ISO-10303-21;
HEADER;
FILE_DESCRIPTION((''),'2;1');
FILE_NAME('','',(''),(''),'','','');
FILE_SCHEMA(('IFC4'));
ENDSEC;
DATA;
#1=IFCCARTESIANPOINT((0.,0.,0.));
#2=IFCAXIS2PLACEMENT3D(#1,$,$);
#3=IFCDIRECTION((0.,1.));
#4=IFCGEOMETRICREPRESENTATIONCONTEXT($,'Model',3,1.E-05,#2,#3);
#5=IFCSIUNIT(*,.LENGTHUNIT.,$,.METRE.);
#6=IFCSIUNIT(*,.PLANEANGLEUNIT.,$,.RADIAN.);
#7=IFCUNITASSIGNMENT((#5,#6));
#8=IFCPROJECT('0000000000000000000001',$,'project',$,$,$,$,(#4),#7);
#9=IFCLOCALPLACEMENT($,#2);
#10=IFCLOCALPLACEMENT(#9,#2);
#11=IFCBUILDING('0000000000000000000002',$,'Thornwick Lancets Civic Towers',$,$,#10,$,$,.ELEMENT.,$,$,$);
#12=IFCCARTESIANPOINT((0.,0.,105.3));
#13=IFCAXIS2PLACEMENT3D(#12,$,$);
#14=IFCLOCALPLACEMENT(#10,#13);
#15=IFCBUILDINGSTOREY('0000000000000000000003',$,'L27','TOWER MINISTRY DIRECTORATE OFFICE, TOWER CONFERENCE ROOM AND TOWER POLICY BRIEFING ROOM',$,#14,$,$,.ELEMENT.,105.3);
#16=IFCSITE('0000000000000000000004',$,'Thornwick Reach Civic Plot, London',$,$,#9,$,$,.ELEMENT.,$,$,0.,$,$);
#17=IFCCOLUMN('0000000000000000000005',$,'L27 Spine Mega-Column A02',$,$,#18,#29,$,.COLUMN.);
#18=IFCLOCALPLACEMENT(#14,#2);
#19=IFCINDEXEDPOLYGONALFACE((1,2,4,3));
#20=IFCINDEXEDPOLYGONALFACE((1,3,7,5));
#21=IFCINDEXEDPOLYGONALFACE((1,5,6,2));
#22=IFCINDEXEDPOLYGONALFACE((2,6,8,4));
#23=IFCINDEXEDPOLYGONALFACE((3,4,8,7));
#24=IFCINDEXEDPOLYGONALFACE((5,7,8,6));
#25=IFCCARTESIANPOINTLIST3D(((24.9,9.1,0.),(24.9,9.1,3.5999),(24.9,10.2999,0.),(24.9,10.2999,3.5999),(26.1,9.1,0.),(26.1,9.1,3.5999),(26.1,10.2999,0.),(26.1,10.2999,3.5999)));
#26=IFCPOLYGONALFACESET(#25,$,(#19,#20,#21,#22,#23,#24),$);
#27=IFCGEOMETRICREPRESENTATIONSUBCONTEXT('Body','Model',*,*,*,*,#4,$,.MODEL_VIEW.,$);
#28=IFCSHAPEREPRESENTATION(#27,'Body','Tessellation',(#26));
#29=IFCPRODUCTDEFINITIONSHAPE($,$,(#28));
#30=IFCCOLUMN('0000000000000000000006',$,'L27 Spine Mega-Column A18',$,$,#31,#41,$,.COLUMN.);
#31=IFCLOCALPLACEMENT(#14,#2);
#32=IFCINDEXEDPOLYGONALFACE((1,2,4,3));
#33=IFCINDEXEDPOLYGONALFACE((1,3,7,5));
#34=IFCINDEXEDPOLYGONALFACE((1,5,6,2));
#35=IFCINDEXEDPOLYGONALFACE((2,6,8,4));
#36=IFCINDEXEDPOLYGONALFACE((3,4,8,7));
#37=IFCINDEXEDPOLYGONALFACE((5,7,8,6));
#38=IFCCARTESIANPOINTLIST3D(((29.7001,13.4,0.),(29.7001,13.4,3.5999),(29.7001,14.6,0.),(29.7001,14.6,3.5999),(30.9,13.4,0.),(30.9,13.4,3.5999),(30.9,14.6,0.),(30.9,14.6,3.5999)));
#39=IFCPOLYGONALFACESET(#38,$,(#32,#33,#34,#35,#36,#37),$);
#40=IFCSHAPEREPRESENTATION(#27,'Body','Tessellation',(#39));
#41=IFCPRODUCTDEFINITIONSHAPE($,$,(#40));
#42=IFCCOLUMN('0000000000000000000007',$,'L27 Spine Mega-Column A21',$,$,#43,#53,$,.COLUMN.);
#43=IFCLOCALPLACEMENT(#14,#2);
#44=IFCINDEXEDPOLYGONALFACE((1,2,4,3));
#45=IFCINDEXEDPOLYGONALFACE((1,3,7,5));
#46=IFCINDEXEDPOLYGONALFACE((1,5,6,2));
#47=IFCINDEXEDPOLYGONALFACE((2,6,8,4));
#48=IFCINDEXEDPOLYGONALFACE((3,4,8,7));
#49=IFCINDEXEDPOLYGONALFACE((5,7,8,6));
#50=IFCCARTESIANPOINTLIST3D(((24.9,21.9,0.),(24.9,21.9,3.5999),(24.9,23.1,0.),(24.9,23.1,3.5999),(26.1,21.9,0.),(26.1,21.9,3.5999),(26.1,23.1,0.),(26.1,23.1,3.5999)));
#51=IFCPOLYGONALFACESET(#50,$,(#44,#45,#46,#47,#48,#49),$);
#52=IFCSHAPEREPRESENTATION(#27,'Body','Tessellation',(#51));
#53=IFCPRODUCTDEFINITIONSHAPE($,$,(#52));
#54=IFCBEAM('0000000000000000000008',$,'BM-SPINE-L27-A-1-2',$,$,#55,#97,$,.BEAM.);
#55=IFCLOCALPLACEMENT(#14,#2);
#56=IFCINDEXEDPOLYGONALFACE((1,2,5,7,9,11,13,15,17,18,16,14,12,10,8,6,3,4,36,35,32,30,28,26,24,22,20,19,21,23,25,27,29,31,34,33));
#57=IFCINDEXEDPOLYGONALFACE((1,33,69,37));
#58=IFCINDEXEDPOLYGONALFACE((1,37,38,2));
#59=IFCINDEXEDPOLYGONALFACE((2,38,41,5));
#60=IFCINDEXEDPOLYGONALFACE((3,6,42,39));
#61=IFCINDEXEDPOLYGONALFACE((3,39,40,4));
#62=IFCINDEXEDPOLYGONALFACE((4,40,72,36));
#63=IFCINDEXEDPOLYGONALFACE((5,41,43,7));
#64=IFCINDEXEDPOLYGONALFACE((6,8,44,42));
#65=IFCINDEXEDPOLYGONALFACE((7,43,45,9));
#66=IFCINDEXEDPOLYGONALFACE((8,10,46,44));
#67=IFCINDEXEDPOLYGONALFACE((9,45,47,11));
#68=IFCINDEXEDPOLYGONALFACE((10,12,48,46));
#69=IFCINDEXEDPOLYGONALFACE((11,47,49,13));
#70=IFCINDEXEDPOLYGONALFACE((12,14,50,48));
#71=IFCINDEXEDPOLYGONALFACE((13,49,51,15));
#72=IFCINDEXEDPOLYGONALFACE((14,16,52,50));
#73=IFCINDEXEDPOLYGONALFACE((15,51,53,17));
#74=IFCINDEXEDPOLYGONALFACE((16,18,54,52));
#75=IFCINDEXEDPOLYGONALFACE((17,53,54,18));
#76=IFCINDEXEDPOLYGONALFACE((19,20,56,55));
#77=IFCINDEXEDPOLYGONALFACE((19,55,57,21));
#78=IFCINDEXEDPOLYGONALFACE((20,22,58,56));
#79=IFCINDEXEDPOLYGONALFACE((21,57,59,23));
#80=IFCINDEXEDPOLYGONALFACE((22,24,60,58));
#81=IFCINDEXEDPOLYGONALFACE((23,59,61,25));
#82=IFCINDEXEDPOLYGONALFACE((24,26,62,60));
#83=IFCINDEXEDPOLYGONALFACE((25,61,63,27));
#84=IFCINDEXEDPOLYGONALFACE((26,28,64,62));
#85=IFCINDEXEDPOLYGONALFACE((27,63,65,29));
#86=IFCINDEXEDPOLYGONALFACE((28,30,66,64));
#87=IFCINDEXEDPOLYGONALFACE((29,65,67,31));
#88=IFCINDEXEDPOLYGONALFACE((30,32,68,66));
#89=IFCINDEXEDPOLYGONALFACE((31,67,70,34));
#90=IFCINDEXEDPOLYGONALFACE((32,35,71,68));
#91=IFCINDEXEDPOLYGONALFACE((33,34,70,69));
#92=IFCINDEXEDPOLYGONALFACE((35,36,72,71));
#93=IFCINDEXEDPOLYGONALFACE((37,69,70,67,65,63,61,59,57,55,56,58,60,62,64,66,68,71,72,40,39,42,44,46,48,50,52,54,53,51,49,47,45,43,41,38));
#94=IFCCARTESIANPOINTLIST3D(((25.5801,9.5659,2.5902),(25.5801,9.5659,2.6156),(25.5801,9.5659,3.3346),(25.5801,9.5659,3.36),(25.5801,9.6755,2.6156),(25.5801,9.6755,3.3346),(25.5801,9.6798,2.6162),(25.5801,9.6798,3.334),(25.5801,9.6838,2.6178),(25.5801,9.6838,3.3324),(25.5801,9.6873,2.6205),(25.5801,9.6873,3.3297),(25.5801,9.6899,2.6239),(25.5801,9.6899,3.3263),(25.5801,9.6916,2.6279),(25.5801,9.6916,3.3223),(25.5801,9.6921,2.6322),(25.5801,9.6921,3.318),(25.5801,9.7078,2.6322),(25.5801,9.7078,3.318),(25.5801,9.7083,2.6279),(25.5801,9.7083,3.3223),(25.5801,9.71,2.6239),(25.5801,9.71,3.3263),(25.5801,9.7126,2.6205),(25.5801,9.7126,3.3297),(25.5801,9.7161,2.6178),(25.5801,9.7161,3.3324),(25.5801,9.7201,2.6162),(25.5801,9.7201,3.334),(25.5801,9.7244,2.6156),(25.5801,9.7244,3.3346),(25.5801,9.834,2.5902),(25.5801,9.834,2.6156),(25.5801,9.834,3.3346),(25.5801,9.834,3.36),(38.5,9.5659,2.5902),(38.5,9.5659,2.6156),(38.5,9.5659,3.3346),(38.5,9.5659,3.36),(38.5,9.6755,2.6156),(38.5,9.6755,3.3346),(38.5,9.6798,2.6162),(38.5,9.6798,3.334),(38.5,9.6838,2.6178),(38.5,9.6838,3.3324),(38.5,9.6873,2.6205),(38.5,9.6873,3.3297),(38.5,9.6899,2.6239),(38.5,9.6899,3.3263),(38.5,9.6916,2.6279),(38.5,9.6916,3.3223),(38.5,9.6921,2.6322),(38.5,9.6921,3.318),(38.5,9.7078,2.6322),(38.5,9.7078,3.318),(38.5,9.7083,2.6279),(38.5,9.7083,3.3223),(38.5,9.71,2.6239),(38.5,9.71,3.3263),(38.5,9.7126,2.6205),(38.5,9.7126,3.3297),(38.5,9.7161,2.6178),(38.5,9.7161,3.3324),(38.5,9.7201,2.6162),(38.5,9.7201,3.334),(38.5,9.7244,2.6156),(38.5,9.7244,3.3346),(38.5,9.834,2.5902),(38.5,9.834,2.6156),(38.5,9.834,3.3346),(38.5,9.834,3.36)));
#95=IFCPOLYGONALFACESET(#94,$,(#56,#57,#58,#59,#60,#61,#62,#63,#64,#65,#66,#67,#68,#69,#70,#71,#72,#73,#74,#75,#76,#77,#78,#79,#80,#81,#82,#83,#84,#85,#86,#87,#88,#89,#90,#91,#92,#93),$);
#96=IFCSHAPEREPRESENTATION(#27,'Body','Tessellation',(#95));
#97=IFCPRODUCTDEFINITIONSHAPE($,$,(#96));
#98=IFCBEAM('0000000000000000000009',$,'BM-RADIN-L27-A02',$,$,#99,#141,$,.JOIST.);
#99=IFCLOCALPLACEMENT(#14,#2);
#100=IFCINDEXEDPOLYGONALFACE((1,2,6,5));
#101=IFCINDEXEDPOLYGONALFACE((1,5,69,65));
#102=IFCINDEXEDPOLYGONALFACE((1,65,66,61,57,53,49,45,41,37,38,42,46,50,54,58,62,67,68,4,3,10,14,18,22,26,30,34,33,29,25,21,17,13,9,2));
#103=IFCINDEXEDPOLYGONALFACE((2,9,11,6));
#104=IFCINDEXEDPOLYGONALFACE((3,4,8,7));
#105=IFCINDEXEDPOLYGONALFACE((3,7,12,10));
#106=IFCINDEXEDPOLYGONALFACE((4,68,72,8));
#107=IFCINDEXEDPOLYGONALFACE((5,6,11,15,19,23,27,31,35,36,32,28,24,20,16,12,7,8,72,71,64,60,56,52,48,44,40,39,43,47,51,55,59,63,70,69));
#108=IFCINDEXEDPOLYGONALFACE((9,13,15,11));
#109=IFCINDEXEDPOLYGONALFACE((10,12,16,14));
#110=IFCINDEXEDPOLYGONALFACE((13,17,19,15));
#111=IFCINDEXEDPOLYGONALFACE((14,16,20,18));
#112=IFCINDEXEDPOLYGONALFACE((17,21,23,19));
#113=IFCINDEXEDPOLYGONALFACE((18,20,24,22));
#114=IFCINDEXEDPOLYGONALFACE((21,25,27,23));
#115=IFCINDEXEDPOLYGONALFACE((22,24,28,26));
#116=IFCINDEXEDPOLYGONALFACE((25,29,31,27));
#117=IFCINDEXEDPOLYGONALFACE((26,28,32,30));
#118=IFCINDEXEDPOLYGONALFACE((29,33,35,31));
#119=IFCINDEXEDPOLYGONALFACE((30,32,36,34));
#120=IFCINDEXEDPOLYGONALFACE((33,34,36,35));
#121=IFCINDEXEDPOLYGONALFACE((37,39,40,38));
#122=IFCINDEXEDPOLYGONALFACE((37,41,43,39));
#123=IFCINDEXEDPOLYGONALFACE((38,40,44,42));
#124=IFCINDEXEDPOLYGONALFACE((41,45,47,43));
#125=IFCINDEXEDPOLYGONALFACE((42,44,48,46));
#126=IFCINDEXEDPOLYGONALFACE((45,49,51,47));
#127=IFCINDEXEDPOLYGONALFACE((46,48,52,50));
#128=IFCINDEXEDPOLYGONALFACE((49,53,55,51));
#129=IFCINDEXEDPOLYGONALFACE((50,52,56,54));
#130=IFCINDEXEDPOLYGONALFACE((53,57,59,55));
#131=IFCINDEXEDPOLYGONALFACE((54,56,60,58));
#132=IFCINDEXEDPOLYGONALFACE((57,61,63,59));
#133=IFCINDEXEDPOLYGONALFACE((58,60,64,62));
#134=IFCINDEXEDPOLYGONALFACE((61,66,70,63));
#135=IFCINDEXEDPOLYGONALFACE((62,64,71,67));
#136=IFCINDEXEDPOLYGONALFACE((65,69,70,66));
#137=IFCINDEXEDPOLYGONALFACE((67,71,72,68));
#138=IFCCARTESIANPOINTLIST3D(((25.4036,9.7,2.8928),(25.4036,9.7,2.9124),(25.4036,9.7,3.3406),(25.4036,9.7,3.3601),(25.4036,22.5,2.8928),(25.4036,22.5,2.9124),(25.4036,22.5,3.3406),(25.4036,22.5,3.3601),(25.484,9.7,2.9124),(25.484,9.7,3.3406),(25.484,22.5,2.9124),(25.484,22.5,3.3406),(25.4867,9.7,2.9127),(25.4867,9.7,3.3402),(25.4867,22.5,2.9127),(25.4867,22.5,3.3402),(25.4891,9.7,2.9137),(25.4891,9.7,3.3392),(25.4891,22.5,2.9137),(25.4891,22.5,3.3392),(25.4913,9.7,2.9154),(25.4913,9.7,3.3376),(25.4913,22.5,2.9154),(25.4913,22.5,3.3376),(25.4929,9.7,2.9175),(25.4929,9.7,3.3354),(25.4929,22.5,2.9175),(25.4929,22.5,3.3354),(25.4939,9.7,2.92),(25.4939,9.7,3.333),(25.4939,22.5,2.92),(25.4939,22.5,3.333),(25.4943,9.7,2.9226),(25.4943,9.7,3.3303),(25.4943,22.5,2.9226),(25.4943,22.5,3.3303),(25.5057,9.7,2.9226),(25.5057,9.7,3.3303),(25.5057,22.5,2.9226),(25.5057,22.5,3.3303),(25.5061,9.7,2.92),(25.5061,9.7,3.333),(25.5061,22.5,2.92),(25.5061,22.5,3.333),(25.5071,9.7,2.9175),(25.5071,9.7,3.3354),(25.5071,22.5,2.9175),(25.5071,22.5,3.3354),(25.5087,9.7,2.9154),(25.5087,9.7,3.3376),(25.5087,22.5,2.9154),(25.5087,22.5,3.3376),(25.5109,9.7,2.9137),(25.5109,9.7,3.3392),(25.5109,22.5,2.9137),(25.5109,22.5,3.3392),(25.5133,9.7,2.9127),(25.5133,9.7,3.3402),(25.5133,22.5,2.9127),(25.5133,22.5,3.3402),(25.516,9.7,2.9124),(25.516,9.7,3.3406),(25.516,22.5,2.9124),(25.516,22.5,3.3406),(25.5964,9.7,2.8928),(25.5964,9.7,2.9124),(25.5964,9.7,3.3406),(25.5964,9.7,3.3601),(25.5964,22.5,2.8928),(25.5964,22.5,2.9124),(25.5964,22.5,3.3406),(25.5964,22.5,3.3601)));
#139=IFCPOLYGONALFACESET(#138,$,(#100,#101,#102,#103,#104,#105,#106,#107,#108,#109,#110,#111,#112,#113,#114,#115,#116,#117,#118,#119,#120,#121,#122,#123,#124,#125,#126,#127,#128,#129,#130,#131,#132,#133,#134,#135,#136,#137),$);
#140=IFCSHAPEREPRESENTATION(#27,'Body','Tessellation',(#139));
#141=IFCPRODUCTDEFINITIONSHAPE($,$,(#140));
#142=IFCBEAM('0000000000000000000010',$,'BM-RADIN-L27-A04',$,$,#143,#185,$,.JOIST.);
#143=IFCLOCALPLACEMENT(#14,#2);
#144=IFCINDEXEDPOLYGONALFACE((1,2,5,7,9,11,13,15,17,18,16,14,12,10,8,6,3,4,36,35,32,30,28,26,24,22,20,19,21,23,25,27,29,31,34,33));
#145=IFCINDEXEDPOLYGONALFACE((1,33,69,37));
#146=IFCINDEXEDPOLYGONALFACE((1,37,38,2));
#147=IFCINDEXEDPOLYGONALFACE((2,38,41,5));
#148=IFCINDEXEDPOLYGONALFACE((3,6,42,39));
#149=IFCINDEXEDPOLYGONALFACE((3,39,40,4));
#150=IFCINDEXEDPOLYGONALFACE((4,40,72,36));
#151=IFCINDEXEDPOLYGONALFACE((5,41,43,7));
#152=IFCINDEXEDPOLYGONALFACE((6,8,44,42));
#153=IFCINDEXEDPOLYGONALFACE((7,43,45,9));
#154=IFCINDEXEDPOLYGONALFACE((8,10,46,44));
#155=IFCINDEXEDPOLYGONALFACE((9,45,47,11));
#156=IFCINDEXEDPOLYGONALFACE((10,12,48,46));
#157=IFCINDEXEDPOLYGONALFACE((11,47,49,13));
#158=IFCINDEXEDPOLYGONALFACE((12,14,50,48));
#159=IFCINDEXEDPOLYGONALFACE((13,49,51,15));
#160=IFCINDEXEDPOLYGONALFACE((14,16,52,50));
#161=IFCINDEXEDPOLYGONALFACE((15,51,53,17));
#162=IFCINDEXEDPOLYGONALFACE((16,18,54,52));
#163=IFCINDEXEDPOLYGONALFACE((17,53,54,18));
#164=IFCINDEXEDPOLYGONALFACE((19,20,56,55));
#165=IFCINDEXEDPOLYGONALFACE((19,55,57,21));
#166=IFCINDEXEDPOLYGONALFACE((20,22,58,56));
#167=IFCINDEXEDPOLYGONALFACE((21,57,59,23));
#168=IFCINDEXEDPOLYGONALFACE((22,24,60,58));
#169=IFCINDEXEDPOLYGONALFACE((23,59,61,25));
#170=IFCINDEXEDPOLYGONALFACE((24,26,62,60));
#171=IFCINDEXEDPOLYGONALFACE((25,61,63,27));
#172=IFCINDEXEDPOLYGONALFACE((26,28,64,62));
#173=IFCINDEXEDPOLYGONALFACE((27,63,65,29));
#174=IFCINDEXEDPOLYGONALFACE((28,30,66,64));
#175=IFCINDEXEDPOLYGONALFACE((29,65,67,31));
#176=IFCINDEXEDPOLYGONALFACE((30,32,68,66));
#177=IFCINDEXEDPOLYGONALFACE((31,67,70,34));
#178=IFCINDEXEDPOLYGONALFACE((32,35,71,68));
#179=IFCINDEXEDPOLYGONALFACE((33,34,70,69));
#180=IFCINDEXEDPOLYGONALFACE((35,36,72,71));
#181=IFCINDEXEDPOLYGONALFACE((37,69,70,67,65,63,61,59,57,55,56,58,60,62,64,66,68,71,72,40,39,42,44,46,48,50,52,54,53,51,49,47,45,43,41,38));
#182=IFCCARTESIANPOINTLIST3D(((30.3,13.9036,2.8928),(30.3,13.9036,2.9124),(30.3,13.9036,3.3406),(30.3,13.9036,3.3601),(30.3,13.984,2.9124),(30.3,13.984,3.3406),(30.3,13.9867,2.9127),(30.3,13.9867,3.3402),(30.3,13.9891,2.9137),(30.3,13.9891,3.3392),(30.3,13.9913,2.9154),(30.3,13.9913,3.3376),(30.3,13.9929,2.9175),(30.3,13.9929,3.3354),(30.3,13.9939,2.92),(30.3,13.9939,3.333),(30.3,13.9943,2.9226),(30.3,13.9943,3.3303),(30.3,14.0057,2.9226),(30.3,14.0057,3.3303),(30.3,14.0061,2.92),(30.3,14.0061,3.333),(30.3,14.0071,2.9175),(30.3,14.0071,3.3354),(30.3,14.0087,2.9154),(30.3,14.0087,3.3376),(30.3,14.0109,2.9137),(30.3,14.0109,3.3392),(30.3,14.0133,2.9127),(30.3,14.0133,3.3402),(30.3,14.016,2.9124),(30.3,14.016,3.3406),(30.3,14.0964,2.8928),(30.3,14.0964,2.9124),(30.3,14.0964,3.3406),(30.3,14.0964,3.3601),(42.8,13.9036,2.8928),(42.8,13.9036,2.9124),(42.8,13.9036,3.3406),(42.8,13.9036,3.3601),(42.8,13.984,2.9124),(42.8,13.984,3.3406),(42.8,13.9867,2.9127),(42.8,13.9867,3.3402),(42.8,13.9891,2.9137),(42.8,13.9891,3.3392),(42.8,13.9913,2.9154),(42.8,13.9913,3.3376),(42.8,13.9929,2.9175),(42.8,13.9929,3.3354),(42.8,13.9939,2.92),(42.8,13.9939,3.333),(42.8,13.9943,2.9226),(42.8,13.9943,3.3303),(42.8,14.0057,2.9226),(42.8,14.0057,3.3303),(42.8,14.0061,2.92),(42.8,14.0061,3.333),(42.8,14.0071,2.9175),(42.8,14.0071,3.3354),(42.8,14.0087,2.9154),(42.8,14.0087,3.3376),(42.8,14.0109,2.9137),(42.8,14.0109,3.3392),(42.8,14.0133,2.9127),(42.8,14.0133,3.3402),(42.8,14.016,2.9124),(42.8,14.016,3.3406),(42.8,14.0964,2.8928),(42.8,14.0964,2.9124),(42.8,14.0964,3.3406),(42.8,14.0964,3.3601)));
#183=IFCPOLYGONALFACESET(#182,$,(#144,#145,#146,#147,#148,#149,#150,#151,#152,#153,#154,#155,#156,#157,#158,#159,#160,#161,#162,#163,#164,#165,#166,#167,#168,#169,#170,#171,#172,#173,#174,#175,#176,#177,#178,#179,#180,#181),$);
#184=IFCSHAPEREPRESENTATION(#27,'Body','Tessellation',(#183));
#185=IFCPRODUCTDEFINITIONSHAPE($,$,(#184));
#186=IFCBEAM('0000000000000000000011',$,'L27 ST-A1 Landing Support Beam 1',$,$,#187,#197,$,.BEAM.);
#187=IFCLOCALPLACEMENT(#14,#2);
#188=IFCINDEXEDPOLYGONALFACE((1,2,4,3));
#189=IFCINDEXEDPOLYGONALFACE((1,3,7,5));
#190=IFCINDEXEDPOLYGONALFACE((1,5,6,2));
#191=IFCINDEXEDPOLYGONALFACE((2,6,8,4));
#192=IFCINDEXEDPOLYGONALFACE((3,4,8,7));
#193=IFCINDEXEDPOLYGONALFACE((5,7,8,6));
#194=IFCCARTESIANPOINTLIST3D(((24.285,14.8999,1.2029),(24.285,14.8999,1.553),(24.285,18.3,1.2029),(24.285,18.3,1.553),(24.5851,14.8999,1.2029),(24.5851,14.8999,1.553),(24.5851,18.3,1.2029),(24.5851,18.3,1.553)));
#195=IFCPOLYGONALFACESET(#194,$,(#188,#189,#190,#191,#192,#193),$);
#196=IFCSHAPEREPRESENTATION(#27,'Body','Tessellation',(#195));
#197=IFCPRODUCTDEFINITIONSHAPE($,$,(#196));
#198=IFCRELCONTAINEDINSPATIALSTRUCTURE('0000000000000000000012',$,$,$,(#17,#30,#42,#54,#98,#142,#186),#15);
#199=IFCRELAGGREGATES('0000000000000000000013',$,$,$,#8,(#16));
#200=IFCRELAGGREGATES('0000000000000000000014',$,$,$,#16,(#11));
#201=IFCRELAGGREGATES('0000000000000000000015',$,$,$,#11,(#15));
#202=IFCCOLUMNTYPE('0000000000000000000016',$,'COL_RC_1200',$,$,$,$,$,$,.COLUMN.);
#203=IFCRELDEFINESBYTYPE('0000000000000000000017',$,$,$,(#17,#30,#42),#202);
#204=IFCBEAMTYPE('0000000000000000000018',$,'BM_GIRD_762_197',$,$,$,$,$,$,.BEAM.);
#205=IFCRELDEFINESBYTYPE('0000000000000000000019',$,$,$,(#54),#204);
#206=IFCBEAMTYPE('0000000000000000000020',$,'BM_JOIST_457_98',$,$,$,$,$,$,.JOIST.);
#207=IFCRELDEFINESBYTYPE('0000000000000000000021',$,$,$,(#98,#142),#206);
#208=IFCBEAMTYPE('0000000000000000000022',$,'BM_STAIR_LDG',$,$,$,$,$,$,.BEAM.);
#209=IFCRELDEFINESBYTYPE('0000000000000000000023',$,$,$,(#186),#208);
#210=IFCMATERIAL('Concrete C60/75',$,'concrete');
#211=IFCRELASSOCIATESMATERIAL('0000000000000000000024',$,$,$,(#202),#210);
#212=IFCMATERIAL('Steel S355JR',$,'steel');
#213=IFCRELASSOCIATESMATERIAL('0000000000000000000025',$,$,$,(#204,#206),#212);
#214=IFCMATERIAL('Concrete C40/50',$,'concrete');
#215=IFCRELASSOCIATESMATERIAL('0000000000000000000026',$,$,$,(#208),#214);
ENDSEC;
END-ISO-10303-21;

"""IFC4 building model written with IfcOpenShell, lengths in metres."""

from ifc_helpers import new_model, si_unit, direction, frame, origin, origin_2d, place, context, subcontext, project, spatial, rectangle, i_section, extrude, material, material_profile, profile_set, type_object, element, save


model = new_model("IFC4")

# Units and contexts
model_context = context("Model", 3, precision=1e-05, world=origin(), true_north=direction((0.0, 1.0)))
body_context = subcontext(model_context, "Body", "Model", "MODEL_VIEW")
ifc_project = project(units=[si_unit("LENGTHUNIT", "METRE"), si_unit("PLANEANGLEUNIT", "RADIAN")], contexts=[model_context])

# Site, building, storey
site_placement = place(None, origin())
site = spatial("IfcSite", under=ifc_project, at=site_placement, Name="Thornwick Reach Civic Plot, London", CompositionType="ELEMENT", RefElevation=0.0)
building_placement = place(site_placement, origin())
building = spatial("IfcBuilding", under=site, at=building_placement, Name="Thornwick Lancets Civic Towers", CompositionType="ELEMENT")
storey_placement = place(building_placement, frame((0.0, 0.0, 105.3)))
storey = spatial("IfcBuildingStorey", under=building, at=storey_placement, Name="L27", Description="TOWER MINISTRY DIRECTORATE OFFICE, TOWER CONFERENCE ROOM AND TOWER POLICY BRIEFING ROOM", CompositionType="ELEMENT", Elevation=105.3)

# Columns
ifc_material_1 = material(Name="Concrete C60/75", Category="concrete")
ifc_material_profile_1 = material_profile(ifc_material_1, rectangle(XDim=1.2, YDim=1.2, at=origin_2d()), Name="RC 1200x1200")
ifc_profile_set_1 = profile_set([ifc_material_profile_1], Name="Concrete C60/75")
column_type = type_object("IfcColumnType", Name="COL_RC_1200", PredefinedType="COLUMN", material=ifc_profile_set_1)
for number, where, z_axis, x_axis, name in (
    (1, (25.5, 9.7, 0.0), (0.0, 0.0, 1.0), (1.0, 0.0, 0.0), "L27 Spine Mega-Column A02"),
    (2, (30.3, 14.0, 0.0), (0.0, 0.0, 1.0), (1.0, 0.0, 0.0), "L27 Spine Mega-Column A18"),
    (3, (25.5, 22.5, 0.0), (0.0, 0.0, 1.0), (1.0, 0.0, 0.0), "L27 Spine Mega-Column A21"),
):
    element("IfcColumn", number, at=place(storey_placement, frame(where, z_axis=z_axis, x_axis=x_axis)), inside=storey, type_object=column_type, Name=name, PredefinedType="COLUMN", context=body_context, shape_type="SweptSolid", body=[
        extrude(rectangle(XDim=1.2, YDim=1.2, at=origin_2d()), origin(), (0.0, 0.0, 1.0), 3.5999),
    ])

# Beams
ifc_material_2 = material(Name="Steel S355JR", Category="steel")
ifc_material_profile_2 = material_profile(ifc_material_2, i_section(OverallWidth=0.2681, OverallDepth=0.7698, WebThickness=0.0156, FlangeThickness=0.0254, FilletRadius=0.0166, at=origin_2d()), Name="UKB 762x267x197")
ifc_profile_set_2 = profile_set([ifc_material_profile_2], Name="Steel S355JR")
beam_type_1 = type_object("IfcBeamType", Name="BM_GIRD_762_197", PredefinedType="BEAM", material=ifc_profile_set_2)
beam_1_placement = place(storey_placement, frame((25.5801, 9.7, 2.9751), z_axis=(1.0, 0.0, 0.0), x_axis=(0.0, 1.0, 0.0)))
element("IfcBeam", 4, at=beam_1_placement, inside=storey, type_object=beam_type_1, Name="BM-SPINE-L27-A-1-2", PredefinedType="BEAM", context=body_context, shape_type="SweptSolid", body=[
    extrude(i_section(OverallWidth=0.2681, OverallDepth=0.7698, WebThickness=0.0156, FlangeThickness=0.0254, FilletRadius=0.0166, at=origin_2d()), origin(), (0.0, 0.0, 1.0), 12.9199),
])
ifc_material_profile_3 = material_profile(ifc_material_2, i_section(OverallWidth=0.1929, OverallDepth=0.4673, WebThickness=0.0115, FlangeThickness=0.0195, FilletRadius=0.0103, at=origin_2d()), Name="UKB 457x191x98")
ifc_profile_set_3 = profile_set([ifc_material_profile_3], Name="Steel S355JR")
beam_type_2 = type_object("IfcBeamType", Name="BM_JOIST_457_98", PredefinedType="JOIST", material=ifc_profile_set_3)
beam_2_placement = place(storey_placement, frame((25.5, 22.5, 3.1265), z_axis=(0.0, -1.0, 0.0), x_axis=(1.0, 0.0, 0.0)))
element("IfcBeam", 5, at=beam_2_placement, inside=storey, type_object=beam_type_2, Name="BM-RADIN-L27-A02", PredefinedType="JOIST", context=body_context, shape_type="SweptSolid", body=[
    extrude(i_section(OverallWidth=0.1929, OverallDepth=0.4673, WebThickness=0.0115, FlangeThickness=0.0195, FilletRadius=0.0103, at=origin_2d()), origin(), (0.0, 0.0, 1.0), 12.8),
])
beam_3_placement = place(storey_placement, frame((30.3, 14.0, 3.1265), z_axis=(1.0, 0.0, 0.0), x_axis=(0.0, 1.0, 0.0)))
element("IfcBeam", 6, at=beam_3_placement, inside=storey, type_object=beam_type_2, Name="BM-RADIN-L27-A04", PredefinedType="JOIST", context=body_context, shape_type="SweptSolid", body=[
    extrude(i_section(OverallWidth=0.1929, OverallDepth=0.4673, WebThickness=0.0115, FlangeThickness=0.0195, FilletRadius=0.0103, at=origin_2d()), origin(), (0.0, 0.0, 1.0), 12.5),
])
ifc_material_3 = material(Name="Concrete C40/50", Category="concrete")
ifc_material_profile_4 = material_profile(ifc_material_3, rectangle(XDim=0.3, YDim=0.3501, at=origin_2d()), Name="RC 300x350")
ifc_profile_set_4 = profile_set([ifc_material_profile_4], Name="Concrete C40/50")
beam_type_3 = type_object("IfcBeamType", Name="BM_STAIR_LDG", PredefinedType="BEAM", material=ifc_profile_set_4)
beam_4_placement = place(storey_placement, frame((24.4351, 14.8999, 1.3779), z_axis=(0.0, 1.0, 0.0), x_axis=(-1.0, 0.0, 0.0)))
element("IfcBeam", 7, at=beam_4_placement, inside=storey, type_object=beam_type_3, Name="L27 ST-A1 Landing Support Beam 1", PredefinedType="BEAM", context=body_context, shape_type="SweptSolid", body=[
    extrude(rectangle(XDim=0.3, YDim=0.3501, at=origin_2d()), origin(), (0.0, 0.0, 1.0), 3.4001),
])

save(model, "model.ifc")
